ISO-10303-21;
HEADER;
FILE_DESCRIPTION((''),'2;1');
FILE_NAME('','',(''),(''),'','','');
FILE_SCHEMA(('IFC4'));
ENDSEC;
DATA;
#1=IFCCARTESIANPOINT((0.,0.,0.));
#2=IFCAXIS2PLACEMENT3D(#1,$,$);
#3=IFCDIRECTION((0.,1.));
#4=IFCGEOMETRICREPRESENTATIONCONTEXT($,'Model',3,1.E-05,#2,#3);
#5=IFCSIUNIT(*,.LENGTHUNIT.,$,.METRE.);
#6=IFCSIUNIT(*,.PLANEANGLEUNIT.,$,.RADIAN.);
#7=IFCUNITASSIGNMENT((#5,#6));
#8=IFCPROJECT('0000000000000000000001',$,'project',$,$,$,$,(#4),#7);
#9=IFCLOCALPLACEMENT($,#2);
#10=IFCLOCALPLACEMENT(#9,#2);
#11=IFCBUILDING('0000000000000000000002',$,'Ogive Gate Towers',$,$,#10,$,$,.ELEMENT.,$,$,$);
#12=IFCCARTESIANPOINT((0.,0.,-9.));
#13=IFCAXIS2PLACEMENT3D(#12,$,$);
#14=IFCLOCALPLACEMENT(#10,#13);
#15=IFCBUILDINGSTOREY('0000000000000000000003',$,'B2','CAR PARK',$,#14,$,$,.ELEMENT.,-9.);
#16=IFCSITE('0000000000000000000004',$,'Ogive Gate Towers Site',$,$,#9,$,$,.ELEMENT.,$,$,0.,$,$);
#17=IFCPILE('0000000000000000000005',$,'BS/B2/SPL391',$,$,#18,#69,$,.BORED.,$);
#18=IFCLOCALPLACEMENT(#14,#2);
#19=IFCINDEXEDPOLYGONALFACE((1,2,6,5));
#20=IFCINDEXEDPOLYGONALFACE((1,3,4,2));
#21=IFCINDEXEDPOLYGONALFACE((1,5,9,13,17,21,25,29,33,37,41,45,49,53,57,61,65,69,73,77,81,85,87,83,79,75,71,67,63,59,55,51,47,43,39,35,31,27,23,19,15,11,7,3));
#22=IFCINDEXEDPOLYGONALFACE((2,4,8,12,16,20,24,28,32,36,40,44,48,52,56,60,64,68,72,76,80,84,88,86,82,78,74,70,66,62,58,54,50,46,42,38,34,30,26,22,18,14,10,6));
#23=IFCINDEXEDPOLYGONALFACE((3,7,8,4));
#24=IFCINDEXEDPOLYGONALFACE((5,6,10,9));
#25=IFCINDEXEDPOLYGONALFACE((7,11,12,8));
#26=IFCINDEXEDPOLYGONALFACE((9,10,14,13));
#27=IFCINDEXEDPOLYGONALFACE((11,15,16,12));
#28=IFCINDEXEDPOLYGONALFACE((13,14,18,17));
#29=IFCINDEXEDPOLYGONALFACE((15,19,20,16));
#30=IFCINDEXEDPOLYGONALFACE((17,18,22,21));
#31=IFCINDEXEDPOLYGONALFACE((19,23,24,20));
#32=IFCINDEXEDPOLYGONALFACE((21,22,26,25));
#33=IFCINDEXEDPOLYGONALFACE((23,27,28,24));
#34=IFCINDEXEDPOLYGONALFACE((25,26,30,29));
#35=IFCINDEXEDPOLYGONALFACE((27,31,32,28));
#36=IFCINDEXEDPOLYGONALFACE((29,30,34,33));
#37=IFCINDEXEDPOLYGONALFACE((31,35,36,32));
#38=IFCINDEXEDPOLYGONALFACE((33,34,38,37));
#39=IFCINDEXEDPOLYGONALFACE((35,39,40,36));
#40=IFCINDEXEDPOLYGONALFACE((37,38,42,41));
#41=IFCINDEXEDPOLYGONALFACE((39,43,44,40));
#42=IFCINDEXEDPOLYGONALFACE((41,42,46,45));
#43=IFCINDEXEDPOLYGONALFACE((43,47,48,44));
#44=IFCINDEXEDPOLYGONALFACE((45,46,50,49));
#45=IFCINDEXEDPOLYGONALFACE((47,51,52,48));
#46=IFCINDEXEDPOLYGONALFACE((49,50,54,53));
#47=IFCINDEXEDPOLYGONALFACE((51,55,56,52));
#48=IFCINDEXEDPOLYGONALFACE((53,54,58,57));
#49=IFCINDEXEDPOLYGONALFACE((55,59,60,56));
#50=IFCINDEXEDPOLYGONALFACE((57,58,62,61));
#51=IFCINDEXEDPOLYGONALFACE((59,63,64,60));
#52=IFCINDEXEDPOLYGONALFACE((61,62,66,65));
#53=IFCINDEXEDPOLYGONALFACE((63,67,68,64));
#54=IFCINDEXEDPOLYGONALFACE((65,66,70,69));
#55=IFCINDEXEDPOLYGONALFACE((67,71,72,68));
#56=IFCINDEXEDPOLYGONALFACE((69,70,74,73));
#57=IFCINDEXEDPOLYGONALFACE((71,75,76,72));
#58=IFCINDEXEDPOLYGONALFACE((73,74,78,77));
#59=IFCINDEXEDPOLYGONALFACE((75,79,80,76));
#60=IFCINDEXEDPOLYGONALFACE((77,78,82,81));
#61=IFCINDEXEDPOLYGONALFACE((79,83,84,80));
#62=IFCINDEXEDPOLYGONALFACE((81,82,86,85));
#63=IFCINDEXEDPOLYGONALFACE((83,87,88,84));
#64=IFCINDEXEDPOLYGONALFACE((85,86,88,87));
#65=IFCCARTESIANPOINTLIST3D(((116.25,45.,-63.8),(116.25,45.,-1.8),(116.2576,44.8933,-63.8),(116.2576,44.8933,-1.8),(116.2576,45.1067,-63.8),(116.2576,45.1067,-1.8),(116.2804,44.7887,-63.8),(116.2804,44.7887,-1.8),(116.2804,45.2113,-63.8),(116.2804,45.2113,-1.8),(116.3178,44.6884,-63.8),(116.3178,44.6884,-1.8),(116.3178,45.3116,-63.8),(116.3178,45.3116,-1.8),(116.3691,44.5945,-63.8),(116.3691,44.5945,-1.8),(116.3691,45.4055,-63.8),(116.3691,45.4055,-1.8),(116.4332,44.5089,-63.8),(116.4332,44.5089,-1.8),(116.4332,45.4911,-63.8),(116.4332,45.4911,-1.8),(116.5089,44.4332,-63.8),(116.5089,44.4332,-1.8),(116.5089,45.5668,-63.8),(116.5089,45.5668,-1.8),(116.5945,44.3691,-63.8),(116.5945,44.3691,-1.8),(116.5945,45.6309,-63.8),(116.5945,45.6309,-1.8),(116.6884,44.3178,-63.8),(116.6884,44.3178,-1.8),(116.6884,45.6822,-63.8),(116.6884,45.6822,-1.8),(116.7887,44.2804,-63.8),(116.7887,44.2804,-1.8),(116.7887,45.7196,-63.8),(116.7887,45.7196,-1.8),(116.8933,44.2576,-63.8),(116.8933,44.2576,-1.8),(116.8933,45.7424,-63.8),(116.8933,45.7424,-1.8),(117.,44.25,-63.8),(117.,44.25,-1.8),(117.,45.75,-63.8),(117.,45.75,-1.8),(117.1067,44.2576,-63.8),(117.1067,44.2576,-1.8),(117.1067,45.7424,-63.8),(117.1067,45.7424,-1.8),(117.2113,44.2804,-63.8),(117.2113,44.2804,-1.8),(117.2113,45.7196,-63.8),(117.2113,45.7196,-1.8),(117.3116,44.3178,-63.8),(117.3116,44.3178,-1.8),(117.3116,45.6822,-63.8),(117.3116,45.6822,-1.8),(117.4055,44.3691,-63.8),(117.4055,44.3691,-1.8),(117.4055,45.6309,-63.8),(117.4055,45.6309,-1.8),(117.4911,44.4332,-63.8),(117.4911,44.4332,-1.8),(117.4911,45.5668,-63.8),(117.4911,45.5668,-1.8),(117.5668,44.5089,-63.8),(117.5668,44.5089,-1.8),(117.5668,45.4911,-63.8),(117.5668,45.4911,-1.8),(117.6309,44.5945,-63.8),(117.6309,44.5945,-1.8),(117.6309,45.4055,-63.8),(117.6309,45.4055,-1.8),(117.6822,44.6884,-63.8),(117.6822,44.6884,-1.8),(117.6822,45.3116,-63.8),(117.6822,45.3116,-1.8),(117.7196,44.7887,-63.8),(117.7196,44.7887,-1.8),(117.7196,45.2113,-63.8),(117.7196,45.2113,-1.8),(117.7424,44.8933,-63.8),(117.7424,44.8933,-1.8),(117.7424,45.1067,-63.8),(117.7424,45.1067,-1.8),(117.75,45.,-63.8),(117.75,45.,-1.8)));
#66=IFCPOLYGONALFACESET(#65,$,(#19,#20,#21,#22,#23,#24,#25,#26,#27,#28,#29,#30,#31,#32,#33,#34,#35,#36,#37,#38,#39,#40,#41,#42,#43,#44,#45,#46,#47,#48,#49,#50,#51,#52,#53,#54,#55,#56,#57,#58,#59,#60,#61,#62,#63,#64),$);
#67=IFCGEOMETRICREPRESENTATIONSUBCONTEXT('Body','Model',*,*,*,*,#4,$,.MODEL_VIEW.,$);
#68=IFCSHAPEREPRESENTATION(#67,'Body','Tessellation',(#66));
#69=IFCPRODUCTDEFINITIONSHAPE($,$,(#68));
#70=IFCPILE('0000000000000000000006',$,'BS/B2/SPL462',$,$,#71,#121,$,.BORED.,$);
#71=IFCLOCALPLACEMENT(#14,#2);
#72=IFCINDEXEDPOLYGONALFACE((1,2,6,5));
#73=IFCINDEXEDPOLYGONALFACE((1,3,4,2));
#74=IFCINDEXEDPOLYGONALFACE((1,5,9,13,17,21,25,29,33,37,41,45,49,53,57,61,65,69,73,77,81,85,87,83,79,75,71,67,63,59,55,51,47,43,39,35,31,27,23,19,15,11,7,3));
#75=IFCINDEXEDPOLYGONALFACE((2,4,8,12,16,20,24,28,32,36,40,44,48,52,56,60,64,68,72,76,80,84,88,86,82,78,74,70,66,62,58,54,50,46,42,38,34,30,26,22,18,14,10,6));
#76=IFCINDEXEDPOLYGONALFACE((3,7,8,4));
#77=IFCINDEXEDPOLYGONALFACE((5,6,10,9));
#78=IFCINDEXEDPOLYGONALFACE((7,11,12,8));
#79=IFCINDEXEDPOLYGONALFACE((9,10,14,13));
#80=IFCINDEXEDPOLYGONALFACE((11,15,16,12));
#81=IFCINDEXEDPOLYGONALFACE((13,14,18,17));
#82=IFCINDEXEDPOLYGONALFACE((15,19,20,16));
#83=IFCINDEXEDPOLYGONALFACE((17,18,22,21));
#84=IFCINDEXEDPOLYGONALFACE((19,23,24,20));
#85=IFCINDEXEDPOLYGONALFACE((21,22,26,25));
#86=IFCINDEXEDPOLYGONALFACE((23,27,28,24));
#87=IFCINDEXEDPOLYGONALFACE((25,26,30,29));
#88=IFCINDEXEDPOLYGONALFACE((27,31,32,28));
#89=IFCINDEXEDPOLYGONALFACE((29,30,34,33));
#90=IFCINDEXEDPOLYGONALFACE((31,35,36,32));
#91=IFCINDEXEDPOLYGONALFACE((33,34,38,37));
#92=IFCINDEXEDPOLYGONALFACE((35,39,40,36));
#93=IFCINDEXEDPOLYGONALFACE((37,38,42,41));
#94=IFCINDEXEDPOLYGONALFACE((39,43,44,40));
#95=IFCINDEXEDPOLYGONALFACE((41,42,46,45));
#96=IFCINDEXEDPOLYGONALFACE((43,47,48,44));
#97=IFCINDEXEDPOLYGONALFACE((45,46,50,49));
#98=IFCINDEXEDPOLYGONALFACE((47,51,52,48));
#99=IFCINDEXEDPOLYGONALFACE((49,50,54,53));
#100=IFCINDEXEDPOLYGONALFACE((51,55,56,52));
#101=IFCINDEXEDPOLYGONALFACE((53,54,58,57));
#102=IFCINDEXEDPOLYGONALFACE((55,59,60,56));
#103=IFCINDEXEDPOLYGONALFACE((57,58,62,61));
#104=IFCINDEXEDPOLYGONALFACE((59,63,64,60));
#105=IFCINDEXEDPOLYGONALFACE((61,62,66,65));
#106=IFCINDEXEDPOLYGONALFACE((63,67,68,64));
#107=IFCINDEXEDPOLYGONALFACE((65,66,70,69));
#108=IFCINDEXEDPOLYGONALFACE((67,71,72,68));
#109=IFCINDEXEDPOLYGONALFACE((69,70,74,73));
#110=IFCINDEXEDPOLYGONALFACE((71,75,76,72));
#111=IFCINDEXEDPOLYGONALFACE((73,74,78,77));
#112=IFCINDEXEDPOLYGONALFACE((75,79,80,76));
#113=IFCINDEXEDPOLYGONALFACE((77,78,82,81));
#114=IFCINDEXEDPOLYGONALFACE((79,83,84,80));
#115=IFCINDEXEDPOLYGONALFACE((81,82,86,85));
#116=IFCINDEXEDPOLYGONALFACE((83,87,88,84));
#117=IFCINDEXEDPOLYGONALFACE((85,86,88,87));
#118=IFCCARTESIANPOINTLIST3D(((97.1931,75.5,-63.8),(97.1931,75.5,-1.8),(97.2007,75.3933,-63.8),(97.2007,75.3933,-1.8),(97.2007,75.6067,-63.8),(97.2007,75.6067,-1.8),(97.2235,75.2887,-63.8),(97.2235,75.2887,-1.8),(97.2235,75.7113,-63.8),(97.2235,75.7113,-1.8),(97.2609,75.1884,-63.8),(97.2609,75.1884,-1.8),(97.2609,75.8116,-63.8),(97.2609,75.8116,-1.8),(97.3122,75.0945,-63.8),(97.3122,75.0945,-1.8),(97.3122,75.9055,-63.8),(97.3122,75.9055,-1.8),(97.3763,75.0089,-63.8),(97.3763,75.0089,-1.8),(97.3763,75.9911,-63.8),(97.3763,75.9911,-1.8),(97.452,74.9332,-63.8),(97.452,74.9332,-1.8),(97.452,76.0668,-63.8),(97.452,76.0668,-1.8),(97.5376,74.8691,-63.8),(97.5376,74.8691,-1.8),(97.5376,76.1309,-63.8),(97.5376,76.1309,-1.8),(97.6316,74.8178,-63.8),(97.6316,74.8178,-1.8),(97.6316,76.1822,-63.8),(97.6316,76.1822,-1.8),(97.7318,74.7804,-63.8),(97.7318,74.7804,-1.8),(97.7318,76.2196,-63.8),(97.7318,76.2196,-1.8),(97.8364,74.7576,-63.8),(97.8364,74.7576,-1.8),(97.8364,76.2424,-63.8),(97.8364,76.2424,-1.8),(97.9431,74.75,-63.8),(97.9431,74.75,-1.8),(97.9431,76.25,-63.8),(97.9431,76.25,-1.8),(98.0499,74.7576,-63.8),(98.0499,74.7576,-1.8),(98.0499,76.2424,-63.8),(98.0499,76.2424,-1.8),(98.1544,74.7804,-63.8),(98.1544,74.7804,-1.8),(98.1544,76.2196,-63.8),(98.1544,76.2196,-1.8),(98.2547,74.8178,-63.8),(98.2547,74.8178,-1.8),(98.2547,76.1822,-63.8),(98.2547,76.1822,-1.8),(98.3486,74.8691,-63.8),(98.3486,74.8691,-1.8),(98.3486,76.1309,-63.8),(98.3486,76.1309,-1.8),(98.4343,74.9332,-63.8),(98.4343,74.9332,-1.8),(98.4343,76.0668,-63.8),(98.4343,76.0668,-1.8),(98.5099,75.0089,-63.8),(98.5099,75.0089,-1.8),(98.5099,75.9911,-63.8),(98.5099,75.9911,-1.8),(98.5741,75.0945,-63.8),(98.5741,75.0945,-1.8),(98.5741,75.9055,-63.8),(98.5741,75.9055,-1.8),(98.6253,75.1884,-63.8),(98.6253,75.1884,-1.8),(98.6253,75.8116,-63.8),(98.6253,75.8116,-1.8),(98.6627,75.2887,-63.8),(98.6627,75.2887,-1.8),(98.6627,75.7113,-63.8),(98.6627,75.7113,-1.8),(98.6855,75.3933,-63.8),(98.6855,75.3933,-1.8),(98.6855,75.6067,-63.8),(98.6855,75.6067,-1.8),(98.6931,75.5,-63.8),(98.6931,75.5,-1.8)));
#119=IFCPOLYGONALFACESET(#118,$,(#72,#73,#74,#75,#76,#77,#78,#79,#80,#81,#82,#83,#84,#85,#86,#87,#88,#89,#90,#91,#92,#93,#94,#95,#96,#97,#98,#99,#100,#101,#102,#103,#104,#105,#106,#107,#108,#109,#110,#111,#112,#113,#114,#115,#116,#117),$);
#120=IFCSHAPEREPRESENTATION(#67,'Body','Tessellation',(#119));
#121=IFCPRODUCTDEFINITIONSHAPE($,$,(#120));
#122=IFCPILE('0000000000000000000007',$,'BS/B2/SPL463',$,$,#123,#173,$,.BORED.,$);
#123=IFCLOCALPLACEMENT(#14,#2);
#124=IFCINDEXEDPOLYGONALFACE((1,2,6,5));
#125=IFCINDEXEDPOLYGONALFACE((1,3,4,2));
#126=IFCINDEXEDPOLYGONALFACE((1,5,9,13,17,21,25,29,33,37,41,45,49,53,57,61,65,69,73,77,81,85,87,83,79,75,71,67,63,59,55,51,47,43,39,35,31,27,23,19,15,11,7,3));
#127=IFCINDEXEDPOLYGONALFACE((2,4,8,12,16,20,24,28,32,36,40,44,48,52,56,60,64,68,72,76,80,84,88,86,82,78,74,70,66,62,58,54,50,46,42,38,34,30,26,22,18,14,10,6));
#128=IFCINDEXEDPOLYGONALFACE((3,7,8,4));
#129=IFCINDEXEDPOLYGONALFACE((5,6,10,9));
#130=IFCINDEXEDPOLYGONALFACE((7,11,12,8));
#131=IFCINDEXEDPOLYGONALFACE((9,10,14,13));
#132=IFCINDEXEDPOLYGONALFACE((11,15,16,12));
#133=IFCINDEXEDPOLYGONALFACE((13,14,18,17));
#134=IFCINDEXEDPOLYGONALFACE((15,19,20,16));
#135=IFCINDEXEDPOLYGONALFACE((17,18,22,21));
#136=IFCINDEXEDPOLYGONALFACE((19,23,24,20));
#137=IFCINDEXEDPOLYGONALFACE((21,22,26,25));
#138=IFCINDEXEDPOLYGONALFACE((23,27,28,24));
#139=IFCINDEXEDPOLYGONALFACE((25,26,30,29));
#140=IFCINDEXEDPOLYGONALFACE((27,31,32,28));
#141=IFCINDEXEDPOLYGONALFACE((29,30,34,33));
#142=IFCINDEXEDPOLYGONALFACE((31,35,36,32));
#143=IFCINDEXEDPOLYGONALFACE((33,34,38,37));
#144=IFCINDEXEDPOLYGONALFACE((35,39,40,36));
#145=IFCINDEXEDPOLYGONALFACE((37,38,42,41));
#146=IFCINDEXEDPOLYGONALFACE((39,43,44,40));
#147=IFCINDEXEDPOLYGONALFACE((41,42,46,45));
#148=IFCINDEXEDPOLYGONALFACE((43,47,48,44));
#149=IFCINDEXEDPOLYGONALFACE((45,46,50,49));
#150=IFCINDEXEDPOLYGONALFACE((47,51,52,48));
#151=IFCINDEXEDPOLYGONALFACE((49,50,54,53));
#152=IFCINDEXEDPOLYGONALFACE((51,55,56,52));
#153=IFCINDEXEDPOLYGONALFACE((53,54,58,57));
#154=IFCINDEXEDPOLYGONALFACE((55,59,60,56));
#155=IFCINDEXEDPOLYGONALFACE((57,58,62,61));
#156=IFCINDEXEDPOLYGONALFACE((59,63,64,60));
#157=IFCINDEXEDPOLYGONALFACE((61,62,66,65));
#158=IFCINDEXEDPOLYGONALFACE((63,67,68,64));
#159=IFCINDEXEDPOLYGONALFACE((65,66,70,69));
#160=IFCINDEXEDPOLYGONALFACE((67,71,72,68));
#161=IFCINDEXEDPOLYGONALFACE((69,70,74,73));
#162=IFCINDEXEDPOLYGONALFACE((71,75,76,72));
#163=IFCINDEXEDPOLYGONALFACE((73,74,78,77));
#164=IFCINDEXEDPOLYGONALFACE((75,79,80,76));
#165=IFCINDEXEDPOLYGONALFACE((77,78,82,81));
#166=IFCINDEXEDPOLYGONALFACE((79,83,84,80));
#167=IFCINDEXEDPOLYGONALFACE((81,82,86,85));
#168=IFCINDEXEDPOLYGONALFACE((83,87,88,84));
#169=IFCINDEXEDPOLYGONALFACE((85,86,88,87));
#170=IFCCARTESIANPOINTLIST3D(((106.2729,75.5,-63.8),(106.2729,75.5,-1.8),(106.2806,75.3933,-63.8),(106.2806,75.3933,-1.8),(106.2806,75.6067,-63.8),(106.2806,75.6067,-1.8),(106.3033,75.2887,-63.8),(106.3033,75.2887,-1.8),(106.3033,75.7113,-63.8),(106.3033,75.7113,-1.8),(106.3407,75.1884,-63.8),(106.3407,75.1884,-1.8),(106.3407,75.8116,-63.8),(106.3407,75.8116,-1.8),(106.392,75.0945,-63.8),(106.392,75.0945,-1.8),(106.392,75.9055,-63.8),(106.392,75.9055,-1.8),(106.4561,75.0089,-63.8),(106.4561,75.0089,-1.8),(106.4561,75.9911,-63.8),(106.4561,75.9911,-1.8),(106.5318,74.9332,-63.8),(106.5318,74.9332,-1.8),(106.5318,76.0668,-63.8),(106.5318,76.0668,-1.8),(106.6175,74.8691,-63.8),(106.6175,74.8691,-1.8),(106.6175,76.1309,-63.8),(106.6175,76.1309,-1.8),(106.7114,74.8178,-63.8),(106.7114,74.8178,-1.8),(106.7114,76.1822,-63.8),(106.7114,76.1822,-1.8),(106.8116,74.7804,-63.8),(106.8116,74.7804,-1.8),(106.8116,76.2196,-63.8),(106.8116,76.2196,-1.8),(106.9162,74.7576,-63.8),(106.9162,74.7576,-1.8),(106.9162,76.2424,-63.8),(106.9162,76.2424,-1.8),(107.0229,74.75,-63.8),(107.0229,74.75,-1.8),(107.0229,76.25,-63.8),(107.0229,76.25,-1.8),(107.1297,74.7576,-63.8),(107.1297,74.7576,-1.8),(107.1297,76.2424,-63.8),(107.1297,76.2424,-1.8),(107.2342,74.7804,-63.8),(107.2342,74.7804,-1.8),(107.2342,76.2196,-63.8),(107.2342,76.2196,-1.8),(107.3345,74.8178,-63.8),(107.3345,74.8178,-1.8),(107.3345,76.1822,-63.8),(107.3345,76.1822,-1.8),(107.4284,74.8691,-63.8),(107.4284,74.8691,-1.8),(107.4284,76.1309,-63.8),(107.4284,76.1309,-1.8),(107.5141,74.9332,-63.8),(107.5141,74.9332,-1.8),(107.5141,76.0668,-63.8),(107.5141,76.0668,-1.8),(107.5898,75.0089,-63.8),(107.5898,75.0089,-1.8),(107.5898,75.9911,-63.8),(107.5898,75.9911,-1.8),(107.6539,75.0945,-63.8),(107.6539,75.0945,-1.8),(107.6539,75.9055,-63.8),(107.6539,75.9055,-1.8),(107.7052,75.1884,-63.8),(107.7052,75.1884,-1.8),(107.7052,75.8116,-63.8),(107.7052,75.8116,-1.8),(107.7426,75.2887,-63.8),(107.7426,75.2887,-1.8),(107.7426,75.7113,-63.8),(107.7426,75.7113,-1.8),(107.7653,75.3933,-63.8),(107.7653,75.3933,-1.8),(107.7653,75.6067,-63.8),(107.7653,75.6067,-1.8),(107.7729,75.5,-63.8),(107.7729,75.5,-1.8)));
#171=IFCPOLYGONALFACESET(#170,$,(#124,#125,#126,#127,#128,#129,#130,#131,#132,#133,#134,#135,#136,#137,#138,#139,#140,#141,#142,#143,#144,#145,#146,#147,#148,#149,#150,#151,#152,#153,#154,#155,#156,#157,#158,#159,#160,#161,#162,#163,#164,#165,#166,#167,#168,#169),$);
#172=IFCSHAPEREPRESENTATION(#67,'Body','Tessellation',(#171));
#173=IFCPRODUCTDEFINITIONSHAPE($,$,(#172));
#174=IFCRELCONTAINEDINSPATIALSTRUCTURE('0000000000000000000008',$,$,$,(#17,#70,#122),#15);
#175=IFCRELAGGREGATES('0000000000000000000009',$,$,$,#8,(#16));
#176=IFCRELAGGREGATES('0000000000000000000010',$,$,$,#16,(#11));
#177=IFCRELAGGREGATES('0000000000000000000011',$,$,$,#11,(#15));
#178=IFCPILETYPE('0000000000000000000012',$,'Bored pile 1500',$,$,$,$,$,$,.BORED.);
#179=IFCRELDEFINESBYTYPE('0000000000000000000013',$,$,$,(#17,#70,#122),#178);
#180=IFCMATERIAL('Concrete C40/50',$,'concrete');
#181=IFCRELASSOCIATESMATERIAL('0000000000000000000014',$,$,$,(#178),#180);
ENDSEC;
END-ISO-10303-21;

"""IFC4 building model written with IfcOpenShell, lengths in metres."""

from ifc_helpers import new_model, si_unit, direction, frame, origin, origin_2d, place, context, subcontext, project, spatial, circle, extrude, material, material_profile, profile_set, type_object, element, save


model = new_model("IFC4")

# Units and contexts
model_context = context("Model", 3, precision=1e-05, world=origin(), true_north=direction((0.0, 1.0)))
body_context = subcontext(model_context, "Body", "Model", "MODEL_VIEW")
ifc_project = project(units=[si_unit("LENGTHUNIT", "METRE"), si_unit("PLANEANGLEUNIT", "RADIAN")], contexts=[model_context])

# Site, building, storey
site_placement = place(None, origin())
site = spatial("IfcSite", under=ifc_project, at=site_placement, Name="Ogive Gate Towers Site", CompositionType="ELEMENT", RefElevation=0.0)
building_placement = place(site_placement, origin())
building = spatial("IfcBuilding", under=site, at=building_placement, Name="Ogive Gate Towers", CompositionType="ELEMENT")
storey_placement = place(building_placement, frame((0.0, 0.0, -9.0)))
storey = spatial("IfcBuildingStorey", under=building, at=storey_placement, Name="B2", Description="CAR PARK", CompositionType="ELEMENT", Elevation=-9.0)

# Piles
ifc_material_1 = material(Name="Concrete C40/50", Category="concrete")
ifc_material_profile_1 = material_profile(ifc_material_1, circle(Radius=0.75, at=origin_2d()), Name="BP 1500")
ifc_profile_set_1 = profile_set([ifc_material_profile_1], Name="Concrete C40/50")
pile_type = type_object("IfcPileType", Name="Bored pile 1500", PredefinedType="BORED", material=ifc_profile_set_1)
for number, where, z_axis, x_axis, name in (
    (1, (117.0, 45.0, -1.8), (0.0, 0.0, -1.0), (1.0, 0.0, 0.0), "BS/B2/SPL391"),
    (2, (97.9431, 75.5, -1.8), (0.0, 0.0, -1.0), (1.0, 0.0, 0.0), "BS/B2/SPL462"),
    (3, (107.0229, 75.5, -1.8), (0.0, 0.0, -1.0), (1.0, 0.0, 0.0), "BS/B2/SPL463"),
):
    element("IfcPile", number, at=place(storey_placement, frame(where, z_axis=z_axis, x_axis=x_axis)), inside=storey, type_object=pile_type, Name=name, PredefinedType="BORED", context=body_context, shape_type="SweptSolid", body=[
        extrude(circle(Radius=0.75, at=origin_2d()), origin(), (0.0, 0.0, 1.0), 62.0),
    ])

save(model, "model.ifc")
